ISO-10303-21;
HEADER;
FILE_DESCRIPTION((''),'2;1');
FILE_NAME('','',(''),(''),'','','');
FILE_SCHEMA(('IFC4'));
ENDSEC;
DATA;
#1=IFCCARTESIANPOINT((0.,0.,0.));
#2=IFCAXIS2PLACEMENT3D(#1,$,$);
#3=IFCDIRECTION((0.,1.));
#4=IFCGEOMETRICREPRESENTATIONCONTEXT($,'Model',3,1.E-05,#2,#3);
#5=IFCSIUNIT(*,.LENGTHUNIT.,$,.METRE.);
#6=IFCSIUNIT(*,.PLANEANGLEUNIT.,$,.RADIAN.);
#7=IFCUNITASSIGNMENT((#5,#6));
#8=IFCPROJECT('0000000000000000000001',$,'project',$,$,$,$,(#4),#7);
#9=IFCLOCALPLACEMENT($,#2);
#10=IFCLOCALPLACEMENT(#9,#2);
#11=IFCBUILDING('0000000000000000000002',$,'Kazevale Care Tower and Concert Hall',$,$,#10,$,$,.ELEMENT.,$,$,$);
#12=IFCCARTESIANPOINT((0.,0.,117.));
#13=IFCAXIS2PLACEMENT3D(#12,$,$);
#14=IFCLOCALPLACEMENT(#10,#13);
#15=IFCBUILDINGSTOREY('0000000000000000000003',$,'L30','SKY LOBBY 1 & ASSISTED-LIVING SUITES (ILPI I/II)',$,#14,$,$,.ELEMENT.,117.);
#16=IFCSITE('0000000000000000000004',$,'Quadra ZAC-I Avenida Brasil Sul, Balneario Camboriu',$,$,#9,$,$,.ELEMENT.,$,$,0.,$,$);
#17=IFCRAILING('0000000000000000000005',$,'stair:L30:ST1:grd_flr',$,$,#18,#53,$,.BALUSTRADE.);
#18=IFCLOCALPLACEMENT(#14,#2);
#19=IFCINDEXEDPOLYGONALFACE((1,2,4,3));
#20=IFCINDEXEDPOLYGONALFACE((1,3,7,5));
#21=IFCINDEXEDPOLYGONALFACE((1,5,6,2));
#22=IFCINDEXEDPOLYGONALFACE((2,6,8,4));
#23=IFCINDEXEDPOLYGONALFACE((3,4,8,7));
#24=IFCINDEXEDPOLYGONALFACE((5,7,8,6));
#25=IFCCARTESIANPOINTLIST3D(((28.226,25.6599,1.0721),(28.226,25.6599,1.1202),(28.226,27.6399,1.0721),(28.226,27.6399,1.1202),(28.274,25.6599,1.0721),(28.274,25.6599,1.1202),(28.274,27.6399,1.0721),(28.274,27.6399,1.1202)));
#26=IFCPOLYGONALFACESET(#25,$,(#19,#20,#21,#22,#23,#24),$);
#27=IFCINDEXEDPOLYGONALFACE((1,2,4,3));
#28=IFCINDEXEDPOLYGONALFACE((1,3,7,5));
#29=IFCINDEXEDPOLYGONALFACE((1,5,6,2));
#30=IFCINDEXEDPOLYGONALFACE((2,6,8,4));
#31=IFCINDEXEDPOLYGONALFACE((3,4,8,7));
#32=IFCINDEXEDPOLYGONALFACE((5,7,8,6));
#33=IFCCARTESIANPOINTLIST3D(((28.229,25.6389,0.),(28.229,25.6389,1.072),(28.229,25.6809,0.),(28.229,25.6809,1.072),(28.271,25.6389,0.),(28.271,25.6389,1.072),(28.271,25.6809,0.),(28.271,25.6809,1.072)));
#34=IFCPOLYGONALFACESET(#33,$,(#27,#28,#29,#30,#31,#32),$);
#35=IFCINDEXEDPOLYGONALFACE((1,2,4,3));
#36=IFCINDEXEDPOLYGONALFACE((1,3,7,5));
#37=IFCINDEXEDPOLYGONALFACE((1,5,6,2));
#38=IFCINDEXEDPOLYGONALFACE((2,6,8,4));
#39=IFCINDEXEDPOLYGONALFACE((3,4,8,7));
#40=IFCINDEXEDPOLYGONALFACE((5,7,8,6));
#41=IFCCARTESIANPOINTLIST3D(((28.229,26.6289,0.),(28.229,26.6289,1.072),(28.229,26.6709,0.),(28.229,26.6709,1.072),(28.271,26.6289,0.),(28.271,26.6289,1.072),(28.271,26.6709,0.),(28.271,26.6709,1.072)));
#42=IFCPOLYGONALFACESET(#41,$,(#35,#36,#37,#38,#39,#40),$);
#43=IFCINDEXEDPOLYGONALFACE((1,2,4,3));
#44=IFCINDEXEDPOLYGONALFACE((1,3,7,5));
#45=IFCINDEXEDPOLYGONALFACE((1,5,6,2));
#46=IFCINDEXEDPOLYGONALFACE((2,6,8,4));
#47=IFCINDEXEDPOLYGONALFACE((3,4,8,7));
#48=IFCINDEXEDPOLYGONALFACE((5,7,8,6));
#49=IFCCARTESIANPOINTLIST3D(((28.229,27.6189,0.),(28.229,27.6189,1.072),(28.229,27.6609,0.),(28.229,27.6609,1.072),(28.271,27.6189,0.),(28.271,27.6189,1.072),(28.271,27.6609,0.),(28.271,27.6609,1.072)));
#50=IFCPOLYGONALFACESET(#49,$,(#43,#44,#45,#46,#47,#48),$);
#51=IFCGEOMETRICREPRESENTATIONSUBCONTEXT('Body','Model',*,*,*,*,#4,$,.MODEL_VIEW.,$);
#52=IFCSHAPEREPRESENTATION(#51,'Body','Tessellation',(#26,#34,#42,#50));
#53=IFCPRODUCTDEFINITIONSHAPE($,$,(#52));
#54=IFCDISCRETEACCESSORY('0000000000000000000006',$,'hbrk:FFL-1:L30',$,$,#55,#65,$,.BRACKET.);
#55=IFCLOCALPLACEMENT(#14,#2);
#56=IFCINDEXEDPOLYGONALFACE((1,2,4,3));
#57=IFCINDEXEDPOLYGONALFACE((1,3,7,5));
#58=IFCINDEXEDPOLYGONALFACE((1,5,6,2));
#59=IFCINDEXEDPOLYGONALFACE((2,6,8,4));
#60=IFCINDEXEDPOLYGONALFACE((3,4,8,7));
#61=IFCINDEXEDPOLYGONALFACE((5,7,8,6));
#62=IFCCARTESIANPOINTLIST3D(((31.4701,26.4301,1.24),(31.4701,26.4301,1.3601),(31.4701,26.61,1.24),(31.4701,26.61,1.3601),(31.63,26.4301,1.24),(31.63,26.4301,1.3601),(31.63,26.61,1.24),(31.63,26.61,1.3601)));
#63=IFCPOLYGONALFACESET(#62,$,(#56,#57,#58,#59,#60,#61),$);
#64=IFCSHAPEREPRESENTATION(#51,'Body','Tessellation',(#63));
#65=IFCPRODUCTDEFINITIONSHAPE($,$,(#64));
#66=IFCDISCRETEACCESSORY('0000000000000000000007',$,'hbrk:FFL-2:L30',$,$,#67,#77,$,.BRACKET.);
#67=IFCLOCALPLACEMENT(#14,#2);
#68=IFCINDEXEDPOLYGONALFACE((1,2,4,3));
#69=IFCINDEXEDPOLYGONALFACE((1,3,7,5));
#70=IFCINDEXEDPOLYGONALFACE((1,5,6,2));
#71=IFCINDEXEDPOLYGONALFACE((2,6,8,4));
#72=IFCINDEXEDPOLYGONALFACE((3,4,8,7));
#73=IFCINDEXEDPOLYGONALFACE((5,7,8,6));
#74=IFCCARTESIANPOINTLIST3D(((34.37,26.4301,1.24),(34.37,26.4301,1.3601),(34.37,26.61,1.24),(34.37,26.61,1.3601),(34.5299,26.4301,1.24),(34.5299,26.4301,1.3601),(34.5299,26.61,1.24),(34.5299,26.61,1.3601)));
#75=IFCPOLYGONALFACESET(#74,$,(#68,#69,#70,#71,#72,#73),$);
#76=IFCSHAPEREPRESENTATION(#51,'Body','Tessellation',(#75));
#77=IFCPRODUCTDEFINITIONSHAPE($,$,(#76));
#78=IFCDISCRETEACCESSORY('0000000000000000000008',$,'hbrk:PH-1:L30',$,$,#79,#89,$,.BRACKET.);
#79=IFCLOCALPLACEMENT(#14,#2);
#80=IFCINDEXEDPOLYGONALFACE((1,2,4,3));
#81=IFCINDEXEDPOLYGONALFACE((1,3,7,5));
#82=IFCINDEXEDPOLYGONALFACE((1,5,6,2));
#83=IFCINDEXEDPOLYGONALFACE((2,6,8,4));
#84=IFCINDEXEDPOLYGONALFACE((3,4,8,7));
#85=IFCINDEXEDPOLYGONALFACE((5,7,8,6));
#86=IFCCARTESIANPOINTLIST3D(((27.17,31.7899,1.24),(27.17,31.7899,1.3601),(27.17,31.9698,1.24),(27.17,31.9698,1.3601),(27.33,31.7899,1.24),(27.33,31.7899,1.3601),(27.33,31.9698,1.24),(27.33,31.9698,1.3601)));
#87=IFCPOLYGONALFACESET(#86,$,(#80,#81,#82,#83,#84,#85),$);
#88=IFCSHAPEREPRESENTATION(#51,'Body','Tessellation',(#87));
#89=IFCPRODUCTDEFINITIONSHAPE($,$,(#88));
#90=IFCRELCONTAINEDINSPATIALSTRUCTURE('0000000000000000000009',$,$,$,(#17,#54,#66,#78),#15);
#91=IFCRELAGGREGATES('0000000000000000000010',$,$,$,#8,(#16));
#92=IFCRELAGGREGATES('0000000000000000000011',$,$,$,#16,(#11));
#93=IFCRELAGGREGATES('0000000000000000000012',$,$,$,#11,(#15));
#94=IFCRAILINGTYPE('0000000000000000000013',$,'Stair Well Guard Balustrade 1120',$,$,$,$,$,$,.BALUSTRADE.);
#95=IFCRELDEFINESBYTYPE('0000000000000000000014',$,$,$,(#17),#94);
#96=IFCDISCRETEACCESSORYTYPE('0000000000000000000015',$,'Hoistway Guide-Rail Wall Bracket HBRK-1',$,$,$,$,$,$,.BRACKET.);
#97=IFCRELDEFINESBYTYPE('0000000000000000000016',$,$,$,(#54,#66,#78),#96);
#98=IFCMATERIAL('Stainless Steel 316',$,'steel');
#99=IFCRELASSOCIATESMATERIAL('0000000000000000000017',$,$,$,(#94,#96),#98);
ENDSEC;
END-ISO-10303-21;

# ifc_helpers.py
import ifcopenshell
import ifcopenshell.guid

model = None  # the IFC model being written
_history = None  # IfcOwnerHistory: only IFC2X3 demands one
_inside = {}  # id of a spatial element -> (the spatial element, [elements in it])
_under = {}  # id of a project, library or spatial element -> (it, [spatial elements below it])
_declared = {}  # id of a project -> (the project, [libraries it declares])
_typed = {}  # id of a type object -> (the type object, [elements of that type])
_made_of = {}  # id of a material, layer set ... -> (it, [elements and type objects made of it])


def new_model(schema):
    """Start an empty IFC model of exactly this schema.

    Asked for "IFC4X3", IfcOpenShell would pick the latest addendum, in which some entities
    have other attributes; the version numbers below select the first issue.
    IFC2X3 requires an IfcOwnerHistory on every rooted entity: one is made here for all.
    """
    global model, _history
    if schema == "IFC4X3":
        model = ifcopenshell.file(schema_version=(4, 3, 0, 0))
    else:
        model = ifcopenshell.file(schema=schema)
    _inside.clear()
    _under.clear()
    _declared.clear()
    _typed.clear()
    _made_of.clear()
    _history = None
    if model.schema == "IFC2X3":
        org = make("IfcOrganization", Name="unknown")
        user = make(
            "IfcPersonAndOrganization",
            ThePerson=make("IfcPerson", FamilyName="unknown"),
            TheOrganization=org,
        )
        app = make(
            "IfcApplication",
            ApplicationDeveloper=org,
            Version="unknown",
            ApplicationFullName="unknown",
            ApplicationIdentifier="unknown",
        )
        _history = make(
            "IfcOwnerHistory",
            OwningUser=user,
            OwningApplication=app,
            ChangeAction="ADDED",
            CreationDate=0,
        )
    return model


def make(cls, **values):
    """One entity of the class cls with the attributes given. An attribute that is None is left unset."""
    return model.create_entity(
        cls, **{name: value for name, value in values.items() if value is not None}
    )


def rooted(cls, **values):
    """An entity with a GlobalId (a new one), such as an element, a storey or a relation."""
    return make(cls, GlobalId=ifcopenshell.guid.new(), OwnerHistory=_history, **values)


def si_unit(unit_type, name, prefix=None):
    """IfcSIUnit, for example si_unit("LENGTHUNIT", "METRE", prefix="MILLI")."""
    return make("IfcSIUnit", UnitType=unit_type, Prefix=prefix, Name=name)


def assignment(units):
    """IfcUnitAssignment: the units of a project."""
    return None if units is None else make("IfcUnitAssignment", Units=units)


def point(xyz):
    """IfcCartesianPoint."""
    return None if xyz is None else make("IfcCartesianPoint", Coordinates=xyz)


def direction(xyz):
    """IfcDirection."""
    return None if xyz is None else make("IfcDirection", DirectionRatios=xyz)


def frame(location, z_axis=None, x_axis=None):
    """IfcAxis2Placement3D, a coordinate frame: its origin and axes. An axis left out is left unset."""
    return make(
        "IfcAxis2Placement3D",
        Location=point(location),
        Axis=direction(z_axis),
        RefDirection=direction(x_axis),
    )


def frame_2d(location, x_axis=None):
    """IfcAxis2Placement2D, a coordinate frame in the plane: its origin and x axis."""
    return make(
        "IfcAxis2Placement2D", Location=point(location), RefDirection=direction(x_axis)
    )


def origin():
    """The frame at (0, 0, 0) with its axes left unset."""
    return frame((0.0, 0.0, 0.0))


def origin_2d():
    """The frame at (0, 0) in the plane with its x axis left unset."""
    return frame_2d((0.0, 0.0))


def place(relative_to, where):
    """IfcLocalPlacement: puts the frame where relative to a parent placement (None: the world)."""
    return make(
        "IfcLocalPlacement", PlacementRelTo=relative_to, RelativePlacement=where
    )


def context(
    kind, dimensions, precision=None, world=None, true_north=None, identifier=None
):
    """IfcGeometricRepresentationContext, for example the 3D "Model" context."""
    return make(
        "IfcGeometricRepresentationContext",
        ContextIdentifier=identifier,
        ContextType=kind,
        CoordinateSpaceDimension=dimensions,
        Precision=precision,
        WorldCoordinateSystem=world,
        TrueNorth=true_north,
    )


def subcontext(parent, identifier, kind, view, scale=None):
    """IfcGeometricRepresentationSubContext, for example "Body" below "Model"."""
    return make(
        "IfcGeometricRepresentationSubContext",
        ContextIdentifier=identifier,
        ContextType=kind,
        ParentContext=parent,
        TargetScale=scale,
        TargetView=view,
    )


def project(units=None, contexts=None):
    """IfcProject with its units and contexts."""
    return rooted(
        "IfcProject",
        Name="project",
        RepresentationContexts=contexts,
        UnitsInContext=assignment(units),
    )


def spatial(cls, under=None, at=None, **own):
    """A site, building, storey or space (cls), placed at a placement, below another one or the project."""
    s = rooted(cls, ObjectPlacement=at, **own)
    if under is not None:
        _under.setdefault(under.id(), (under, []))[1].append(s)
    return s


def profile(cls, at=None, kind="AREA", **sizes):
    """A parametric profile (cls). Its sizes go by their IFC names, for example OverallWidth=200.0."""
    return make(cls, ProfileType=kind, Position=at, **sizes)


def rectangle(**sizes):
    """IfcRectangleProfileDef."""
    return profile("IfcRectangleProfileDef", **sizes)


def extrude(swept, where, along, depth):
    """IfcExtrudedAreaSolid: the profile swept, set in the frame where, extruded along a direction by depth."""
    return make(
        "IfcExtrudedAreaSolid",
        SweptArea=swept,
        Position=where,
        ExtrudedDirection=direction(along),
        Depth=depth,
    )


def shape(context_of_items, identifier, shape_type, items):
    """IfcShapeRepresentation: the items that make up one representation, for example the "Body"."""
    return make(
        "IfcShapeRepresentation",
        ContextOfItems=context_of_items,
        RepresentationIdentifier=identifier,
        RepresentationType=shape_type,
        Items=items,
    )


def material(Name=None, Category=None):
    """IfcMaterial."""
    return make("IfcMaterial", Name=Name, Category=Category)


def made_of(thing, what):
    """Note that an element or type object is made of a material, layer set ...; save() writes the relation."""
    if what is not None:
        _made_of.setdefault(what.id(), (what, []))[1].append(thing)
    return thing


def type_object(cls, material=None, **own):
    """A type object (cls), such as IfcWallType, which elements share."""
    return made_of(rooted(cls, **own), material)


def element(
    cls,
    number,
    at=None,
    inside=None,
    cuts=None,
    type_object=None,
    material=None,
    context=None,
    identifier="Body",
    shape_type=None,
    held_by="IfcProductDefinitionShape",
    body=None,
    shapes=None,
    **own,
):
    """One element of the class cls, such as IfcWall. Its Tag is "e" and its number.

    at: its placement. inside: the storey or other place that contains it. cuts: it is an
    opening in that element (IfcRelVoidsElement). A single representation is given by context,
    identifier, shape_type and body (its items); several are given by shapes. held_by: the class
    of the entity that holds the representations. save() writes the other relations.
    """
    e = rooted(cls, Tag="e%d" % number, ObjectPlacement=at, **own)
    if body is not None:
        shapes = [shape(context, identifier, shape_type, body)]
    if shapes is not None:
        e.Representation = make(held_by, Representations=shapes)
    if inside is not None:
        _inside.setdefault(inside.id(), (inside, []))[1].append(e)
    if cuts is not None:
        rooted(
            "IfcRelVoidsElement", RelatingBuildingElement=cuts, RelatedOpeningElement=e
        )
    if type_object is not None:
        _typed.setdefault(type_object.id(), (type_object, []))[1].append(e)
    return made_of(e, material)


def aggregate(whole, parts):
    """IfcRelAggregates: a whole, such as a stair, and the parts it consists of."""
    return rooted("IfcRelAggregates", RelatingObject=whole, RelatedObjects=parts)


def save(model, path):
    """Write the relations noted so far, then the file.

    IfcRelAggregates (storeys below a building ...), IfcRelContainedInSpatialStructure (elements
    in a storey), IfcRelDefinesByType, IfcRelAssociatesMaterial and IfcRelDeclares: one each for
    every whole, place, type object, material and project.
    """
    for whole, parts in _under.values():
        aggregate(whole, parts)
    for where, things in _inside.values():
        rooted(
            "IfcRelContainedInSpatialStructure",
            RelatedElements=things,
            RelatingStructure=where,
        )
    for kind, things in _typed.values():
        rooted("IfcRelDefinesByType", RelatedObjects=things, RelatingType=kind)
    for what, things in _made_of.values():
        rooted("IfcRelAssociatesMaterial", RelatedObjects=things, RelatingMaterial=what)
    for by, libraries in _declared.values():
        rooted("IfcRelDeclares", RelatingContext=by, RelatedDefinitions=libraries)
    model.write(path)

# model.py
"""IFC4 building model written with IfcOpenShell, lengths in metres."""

from ifc_helpers import new_model, si_unit, direction, frame, origin, origin_2d, place, context, subcontext, project, spatial, rectangle, extrude, material, type_object, element, save


model = new_model("IFC4")

# Units and contexts
model_context = context("Model", 3, precision=1e-05, world=origin(), true_north=direction((0.0, 1.0)))
body_context = subcontext(model_context, "Body", "Model", "MODEL_VIEW")
ifc_project = project(units=[si_unit("LENGTHUNIT", "METRE"), si_unit("PLANEANGLEUNIT", "RADIAN")], contexts=[model_context])

# Site, building, storey
site_placement = place(None, origin())
site = spatial("IfcSite", under=ifc_project, at=site_placement, Name="Quadra ZAC-I Avenida Brasil Sul, Balneario Camboriu", CompositionType="ELEMENT", RefElevation=0.0)
building_placement = place(site_placement, origin())
building = spatial("IfcBuilding", under=site, at=building_placement, Name="Kazevale Care Tower and Concert Hall", CompositionType="ELEMENT")
storey_placement = place(building_placement, frame((0.0, 0.0, 117.0)))
storey = spatial("IfcBuildingStorey", under=building, at=storey_placement, Name="L30", Description="SKY LOBBY 1 & ASSISTED-LIVING SUITES (ILPI I/II)", CompositionType="ELEMENT", Elevation=117.0)

# Shared definitions
ifc_material_1 = material(Name="Stainless Steel 316", Category="steel")

# Railing
railing_type_1 = type_object("IfcRailingType", Name="Stair Well Guard Balustrade 1120", PredefinedType="BALUSTRADE", material=ifc_material_1)
railing_1_placement = place(storey_placement, frame((28.25, 25.6599, 0.0)))
element("IfcRailing", 1, at=railing_1_placement, inside=storey, type_object=railing_type_1, Name="stair:L30:ST1:grd_flr", PredefinedType="BALUSTRADE", context=body_context, shape_type="SweptSolid", body=[
    extrude(rectangle(XDim=0.0481, YDim=0.0481, at=origin_2d()), frame((0.0, 0.0, 1.0962), z_axis=(0.0, 1.0, 0.0), x_axis=(-1.0, 0.0, 0.0)), (0.0, 0.0, 1.0), 1.98),
    extrude(rectangle(XDim=0.042, YDim=0.042, at=origin_2d()), origin(), (0.0, 0.0, 1.0), 1.072),
    extrude(rectangle(XDim=0.042, YDim=0.042, at=origin_2d()), frame((0.0, 0.99, 0.0)), (0.0, 0.0, 1.0), 1.072),
    extrude(rectangle(XDim=0.042, YDim=0.042, at=origin_2d()), frame((0.0, 1.98, 0.0)), (0.0, 0.0, 1.0), 1.072),
])

# Discrete accessories
discrete_accessory_type = type_object("IfcDiscreteAccessoryType", Name="Hoistway Guide-Rail Wall Bracket HBRK-1", PredefinedType="BRACKET", material=ifc_material_1)
for number, where, z_axis, x_axis, name in (
    (2, (31.55, 26.52, 1.24), (0.0, 0.0, 1.0), (1.0, 0.0, 0.0), "hbrk:FFL-1:L30"),
    (3, (34.45, 26.52, 1.24), (0.0, 0.0, 1.0), (1.0, 0.0, 0.0), "hbrk:FFL-2:L30"),
    (4, (27.25, 31.8799, 1.24), (0.0, 0.0, 1.0), (1.0, 0.0, 0.0), "hbrk:PH-1:L30"),
):
    element("IfcDiscreteAccessory", number, at=place(storey_placement, frame(where, z_axis=z_axis, x_axis=x_axis)), inside=storey, type_object=discrete_accessory_type, Name=name, PredefinedType="BRACKET", context=body_context, shape_type="SweptSolid", body=[
        extrude(rectangle(XDim=0.1599, YDim=0.1799, at=origin_2d()), origin(), (0.0, 0.0, 1.0), 0.1201),
    ])

save(model, "model.ifc")
